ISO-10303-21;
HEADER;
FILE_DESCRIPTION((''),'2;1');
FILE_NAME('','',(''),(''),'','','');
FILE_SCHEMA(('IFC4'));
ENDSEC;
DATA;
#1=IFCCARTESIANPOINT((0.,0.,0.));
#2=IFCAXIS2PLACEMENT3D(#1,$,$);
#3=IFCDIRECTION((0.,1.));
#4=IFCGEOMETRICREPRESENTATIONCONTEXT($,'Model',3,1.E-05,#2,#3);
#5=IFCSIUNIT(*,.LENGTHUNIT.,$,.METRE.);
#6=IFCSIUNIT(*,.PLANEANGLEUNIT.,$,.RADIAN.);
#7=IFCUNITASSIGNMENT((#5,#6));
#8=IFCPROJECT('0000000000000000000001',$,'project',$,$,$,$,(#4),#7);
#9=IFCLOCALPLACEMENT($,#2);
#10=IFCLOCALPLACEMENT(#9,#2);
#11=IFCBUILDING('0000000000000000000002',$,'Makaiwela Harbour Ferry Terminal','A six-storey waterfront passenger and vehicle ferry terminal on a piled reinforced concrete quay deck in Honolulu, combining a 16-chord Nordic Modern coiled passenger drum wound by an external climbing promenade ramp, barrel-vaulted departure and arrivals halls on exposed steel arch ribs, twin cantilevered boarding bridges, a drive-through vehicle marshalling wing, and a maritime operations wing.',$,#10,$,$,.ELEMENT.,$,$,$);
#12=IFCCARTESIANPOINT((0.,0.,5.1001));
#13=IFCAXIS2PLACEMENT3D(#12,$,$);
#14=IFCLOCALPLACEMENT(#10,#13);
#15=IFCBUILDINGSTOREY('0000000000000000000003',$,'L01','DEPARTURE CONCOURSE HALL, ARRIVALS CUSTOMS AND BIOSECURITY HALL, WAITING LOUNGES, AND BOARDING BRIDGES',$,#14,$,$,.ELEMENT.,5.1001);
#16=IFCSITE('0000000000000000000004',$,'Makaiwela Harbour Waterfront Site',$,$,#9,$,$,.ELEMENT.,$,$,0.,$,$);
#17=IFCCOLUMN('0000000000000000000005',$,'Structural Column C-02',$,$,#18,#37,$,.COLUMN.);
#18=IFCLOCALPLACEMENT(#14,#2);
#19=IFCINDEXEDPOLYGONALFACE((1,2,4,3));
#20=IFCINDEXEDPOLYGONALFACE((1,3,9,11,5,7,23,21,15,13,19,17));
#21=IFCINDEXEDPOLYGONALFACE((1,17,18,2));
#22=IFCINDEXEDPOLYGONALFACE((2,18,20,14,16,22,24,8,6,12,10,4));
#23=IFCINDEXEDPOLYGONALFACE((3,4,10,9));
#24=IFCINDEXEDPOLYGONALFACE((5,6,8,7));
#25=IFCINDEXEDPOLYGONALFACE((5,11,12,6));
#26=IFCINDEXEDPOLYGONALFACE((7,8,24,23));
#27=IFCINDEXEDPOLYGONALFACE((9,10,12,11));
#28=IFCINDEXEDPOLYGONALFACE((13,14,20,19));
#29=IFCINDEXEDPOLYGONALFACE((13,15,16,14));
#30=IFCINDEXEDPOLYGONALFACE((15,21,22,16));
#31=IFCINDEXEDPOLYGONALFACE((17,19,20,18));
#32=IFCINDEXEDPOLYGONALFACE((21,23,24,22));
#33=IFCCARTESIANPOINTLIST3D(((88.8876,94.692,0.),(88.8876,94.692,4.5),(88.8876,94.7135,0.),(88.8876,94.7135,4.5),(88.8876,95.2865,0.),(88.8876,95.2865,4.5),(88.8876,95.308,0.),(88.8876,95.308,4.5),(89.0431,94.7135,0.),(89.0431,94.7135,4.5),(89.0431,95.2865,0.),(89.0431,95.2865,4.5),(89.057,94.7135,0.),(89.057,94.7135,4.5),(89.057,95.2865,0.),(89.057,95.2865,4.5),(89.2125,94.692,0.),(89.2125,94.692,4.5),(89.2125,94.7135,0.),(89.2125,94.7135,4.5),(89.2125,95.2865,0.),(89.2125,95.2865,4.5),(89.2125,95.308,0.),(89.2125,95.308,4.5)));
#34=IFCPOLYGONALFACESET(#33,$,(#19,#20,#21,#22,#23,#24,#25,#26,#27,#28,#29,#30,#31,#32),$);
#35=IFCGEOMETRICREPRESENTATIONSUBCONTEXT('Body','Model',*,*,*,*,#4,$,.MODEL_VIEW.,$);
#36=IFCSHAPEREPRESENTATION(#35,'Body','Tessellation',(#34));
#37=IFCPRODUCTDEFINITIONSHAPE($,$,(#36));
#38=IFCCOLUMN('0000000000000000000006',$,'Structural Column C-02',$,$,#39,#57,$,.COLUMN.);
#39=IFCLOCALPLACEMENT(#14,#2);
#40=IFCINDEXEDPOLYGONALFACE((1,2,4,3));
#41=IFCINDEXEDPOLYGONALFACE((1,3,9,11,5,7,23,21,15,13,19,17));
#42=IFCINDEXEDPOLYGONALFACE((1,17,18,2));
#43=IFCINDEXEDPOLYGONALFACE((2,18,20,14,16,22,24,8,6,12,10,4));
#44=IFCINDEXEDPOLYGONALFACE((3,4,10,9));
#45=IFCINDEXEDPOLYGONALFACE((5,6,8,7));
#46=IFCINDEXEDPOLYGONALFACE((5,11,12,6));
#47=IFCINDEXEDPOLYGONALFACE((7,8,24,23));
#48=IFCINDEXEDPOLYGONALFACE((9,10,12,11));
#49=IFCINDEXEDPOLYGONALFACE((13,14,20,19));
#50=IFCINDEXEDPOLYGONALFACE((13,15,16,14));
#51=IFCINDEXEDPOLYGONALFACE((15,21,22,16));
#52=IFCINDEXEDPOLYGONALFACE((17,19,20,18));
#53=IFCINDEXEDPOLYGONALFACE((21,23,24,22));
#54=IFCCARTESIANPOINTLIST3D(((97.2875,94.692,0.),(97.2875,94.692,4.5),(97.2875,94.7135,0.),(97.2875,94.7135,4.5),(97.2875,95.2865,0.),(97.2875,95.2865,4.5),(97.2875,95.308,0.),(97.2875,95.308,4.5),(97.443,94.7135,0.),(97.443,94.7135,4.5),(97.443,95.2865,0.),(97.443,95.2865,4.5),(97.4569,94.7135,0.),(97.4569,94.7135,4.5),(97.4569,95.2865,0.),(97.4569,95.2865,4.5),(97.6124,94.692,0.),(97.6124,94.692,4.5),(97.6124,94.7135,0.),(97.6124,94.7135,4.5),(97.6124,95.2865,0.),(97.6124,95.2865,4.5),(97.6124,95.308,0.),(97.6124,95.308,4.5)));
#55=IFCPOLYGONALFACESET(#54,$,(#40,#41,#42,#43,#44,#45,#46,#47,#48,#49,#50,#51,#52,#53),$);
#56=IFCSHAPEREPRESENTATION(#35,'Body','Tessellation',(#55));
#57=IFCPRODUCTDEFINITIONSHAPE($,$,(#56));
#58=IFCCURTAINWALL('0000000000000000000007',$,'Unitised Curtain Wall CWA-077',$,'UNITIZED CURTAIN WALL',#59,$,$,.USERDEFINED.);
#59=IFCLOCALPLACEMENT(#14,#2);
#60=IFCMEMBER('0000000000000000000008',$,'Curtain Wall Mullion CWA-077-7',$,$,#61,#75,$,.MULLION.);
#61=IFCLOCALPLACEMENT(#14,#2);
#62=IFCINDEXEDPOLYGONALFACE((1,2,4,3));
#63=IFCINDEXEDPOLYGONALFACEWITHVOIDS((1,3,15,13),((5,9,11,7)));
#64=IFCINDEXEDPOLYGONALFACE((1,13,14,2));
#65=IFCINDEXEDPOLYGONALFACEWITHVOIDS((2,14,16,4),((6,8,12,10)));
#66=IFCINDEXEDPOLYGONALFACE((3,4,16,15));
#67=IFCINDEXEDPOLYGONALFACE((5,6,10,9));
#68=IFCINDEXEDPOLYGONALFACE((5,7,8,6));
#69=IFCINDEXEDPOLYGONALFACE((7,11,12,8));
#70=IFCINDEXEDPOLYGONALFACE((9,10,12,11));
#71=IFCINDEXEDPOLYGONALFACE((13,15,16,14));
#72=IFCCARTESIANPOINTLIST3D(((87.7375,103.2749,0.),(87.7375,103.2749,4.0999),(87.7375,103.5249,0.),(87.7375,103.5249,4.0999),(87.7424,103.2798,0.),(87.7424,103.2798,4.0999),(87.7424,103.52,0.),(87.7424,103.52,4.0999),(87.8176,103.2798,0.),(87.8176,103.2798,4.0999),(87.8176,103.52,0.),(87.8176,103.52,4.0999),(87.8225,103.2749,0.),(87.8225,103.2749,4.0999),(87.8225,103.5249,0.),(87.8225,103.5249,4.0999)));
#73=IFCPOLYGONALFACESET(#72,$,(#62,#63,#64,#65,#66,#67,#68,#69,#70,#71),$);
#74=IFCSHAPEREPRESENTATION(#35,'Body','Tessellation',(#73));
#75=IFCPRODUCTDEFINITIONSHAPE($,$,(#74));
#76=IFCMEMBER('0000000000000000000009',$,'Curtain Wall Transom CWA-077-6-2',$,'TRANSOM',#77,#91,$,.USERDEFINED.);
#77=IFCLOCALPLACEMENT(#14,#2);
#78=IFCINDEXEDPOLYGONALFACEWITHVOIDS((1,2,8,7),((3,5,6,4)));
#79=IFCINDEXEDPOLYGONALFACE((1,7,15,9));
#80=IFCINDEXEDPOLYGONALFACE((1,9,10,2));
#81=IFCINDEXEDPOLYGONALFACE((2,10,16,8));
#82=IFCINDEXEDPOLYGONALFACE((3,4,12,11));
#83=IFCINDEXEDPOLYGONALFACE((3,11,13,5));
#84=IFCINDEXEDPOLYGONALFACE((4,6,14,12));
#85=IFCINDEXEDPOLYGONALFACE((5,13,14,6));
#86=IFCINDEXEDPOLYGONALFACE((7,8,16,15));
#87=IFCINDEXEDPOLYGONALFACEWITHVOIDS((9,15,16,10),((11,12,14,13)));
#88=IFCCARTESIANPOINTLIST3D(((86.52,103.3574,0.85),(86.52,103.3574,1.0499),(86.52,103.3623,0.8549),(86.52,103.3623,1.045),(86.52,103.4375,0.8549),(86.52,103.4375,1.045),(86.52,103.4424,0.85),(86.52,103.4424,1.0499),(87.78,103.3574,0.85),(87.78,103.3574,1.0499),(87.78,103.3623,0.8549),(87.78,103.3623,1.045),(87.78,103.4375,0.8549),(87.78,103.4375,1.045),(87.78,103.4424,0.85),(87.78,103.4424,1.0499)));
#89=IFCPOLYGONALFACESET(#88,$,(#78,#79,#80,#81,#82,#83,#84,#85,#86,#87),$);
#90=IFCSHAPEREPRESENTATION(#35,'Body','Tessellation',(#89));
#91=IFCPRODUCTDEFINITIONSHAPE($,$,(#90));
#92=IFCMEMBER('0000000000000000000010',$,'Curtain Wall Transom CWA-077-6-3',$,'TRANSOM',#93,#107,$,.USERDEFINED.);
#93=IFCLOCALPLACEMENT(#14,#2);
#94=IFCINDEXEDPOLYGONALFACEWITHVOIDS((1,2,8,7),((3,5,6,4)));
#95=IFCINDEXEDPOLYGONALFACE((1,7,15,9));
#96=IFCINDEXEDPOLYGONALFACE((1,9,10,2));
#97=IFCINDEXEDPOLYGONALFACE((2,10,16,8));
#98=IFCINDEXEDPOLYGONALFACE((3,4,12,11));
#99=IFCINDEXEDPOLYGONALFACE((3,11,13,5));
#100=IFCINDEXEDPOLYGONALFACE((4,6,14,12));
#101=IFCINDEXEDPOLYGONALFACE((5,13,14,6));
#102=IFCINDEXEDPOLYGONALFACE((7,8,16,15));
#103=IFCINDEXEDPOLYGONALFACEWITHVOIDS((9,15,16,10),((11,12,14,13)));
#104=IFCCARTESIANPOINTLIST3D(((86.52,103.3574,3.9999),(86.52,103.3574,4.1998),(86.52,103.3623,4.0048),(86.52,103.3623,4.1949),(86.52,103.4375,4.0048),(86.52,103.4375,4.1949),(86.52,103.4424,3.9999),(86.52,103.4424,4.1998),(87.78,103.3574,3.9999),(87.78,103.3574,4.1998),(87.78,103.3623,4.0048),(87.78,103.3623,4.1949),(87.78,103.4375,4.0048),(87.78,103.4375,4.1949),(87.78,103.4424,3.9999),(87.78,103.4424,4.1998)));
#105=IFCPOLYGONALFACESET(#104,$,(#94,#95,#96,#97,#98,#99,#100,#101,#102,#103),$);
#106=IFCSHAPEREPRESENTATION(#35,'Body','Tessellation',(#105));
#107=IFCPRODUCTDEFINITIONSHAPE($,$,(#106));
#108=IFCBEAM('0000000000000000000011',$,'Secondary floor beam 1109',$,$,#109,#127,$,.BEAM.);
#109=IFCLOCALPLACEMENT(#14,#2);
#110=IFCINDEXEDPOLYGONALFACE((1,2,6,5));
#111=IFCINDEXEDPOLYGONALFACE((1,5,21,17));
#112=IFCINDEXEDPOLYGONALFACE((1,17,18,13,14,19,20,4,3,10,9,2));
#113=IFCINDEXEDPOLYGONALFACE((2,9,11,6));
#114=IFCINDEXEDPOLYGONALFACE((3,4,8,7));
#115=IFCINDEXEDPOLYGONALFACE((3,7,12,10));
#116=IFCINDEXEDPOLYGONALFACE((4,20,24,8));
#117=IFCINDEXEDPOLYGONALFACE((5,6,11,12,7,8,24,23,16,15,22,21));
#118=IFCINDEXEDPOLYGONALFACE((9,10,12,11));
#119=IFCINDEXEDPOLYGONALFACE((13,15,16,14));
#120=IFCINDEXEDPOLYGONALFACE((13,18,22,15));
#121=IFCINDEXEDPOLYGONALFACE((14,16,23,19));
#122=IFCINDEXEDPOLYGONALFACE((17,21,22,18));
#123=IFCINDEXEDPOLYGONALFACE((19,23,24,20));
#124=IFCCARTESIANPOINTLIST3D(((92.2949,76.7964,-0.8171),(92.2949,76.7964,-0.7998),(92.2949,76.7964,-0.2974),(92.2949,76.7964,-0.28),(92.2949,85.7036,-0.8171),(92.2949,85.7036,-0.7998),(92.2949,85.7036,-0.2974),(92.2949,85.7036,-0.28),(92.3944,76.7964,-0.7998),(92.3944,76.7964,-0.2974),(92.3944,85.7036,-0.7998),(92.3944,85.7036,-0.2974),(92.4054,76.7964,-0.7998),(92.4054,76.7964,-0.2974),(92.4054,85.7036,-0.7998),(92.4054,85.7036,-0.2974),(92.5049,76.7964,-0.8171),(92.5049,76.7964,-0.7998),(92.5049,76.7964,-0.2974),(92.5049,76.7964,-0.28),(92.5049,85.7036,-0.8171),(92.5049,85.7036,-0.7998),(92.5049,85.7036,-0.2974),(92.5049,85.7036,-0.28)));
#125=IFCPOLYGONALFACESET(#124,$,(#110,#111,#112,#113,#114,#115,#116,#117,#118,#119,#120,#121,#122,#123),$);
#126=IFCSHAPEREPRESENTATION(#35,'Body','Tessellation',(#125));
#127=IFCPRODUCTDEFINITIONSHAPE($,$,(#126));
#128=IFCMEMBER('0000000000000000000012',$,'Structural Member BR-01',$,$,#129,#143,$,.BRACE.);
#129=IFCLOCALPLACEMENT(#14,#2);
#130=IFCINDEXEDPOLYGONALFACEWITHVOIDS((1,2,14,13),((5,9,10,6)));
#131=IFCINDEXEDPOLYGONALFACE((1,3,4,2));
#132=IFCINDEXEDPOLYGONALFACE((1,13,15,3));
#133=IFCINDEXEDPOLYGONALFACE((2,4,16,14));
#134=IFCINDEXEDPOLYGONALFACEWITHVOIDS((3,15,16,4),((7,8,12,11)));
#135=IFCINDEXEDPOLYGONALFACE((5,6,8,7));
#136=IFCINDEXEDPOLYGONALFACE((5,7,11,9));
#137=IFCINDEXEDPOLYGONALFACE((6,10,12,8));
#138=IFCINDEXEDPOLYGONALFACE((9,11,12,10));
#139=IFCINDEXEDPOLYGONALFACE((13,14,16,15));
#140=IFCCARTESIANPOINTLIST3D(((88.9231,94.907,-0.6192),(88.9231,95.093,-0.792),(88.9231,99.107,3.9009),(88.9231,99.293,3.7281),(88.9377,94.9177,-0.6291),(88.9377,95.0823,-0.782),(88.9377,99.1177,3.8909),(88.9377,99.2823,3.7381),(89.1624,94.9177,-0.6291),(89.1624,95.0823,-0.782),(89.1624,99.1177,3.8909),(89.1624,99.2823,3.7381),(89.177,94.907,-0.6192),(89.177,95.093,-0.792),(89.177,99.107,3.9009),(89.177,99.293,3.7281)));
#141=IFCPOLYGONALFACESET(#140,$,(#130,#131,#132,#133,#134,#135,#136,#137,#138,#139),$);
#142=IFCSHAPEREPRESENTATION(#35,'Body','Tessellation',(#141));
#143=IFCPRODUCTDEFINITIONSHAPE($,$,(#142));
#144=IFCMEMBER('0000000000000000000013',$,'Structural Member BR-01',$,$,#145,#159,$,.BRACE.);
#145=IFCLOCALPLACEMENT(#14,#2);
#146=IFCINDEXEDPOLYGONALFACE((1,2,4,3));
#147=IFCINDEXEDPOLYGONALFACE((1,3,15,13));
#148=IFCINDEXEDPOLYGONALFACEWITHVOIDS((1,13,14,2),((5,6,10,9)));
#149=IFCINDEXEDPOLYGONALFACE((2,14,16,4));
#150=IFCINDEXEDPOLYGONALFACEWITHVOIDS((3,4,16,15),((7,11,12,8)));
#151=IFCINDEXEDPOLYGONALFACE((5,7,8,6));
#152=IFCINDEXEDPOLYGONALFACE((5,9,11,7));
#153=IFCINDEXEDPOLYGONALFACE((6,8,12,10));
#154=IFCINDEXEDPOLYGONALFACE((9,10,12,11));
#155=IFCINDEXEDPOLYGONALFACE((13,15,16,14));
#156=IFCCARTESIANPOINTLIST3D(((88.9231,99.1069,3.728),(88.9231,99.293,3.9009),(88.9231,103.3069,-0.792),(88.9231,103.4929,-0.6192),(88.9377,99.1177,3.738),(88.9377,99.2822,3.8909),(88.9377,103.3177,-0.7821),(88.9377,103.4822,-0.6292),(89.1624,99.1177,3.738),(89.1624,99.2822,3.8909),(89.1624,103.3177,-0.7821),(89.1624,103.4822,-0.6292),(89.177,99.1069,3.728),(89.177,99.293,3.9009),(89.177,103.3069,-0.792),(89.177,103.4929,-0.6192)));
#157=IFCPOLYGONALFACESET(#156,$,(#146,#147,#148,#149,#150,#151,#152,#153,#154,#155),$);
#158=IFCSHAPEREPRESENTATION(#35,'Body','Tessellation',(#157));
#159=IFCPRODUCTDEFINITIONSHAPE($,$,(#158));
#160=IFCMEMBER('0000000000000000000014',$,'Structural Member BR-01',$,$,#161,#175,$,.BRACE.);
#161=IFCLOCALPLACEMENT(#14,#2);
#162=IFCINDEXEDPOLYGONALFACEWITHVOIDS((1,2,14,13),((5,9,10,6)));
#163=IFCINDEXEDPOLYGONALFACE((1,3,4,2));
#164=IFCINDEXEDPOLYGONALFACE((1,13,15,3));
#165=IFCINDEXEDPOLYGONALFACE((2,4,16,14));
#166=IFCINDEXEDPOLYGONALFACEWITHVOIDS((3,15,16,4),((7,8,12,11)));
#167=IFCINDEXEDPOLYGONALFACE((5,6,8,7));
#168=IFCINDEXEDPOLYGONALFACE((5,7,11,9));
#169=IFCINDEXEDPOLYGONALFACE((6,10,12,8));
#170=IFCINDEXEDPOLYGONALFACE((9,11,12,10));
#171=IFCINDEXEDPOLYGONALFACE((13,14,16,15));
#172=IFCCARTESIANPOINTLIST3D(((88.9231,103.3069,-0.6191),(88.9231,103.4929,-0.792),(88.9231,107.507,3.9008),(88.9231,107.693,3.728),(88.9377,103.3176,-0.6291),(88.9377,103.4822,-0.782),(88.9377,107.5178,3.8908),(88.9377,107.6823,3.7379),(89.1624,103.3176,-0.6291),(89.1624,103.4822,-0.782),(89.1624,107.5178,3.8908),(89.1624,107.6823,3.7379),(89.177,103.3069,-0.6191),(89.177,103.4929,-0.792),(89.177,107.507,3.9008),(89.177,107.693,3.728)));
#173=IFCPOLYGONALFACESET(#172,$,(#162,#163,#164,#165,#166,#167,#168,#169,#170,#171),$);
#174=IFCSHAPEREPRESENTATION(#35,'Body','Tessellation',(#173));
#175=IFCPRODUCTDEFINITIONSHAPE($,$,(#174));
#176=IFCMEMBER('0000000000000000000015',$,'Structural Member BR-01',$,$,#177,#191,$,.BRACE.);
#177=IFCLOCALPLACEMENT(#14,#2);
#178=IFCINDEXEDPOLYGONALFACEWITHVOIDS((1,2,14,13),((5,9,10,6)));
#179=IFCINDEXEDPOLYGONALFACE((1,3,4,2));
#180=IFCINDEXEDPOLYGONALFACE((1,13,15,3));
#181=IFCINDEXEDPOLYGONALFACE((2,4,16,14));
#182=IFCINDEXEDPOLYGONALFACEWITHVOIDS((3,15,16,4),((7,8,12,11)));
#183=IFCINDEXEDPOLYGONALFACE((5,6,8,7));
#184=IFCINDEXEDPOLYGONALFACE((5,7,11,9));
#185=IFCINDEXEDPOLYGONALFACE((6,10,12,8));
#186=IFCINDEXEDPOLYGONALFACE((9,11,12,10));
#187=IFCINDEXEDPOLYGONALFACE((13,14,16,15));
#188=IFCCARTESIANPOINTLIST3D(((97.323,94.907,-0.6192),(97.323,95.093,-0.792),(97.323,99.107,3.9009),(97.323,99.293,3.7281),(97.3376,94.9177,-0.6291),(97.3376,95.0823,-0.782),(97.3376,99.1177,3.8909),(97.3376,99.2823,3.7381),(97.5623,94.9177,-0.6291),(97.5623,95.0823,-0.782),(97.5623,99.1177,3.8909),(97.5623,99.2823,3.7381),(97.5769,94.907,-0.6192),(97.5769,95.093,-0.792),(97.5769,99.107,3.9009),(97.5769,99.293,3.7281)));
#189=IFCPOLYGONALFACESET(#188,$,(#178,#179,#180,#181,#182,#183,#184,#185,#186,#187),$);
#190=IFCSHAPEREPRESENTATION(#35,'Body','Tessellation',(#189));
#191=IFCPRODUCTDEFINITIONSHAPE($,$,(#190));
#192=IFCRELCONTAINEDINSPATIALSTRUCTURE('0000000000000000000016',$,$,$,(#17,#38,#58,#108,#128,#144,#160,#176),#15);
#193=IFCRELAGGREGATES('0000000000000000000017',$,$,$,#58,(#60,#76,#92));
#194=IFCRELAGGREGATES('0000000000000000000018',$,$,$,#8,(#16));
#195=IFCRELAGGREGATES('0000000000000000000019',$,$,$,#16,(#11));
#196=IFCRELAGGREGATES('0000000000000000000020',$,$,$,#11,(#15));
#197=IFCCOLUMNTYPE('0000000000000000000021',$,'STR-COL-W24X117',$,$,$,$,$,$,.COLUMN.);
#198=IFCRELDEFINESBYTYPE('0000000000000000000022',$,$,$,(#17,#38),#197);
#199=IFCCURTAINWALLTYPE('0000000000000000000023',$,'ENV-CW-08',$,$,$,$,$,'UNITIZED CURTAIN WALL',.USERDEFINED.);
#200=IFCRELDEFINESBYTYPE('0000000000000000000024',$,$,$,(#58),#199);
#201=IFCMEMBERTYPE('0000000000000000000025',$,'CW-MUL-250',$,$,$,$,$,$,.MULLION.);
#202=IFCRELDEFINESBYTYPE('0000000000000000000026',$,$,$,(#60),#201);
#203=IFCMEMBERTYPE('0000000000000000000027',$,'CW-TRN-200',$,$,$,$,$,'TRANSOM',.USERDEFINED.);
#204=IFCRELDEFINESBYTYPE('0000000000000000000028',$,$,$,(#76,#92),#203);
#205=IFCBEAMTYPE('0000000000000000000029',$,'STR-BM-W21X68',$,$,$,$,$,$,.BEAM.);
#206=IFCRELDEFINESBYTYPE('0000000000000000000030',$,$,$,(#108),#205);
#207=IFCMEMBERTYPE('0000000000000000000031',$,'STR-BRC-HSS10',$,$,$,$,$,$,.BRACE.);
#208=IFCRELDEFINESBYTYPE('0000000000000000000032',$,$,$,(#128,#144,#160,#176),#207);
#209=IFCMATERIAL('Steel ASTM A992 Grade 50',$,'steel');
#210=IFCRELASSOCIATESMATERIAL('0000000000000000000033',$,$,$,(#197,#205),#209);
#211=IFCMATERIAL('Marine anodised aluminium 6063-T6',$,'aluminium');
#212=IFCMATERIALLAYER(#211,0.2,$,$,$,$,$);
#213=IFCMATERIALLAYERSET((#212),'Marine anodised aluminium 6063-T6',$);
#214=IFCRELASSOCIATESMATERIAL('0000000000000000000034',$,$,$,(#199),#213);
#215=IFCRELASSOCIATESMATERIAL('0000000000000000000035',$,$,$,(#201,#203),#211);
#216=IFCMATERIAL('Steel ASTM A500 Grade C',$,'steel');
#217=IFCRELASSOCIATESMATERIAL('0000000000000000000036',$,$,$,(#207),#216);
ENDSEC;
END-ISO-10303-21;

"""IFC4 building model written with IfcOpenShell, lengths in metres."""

from ifc_helpers import new_model, si_unit, direction, frame, origin, origin_2d, place, context, subcontext, project, spatial, hollow_rectangle, i_section, extrude, material, layer, layer_set, material_profile, profile_set, type_object, element, aggregate, save


model = new_model("IFC4")

# Units and contexts
model_context = context("Model", 3, precision=1e-05, world=origin(), true_north=direction((0.0, 1.0)))
body_context = subcontext(model_context, "Body", "Model", "MODEL_VIEW")
ifc_project = project(units=[si_unit("LENGTHUNIT", "METRE"), si_unit("PLANEANGLEUNIT", "RADIAN")], contexts=[model_context])

# Site, building, storey
site_placement = place(None, origin())
site = spatial("IfcSite", under=ifc_project, at=site_placement, Name="Makaiwela Harbour Waterfront Site", CompositionType="ELEMENT", RefElevation=0.0)
building_placement = place(site_placement, origin())
building = spatial("IfcBuilding", under=site, at=building_placement, Name="Makaiwela Harbour Ferry Terminal", Description="A six-storey waterfront passenger and vehicle ferry terminal on a piled reinforced concrete quay deck in Honolulu, combining a 16-chord Nordic Modern coiled passenger drum wound by an external climbing promenade ramp, barrel-vaulted departure and arrivals halls on exposed steel arch ribs, twin cantilevered boarding bridges, a drive-through vehicle marshalling wing, and a maritime operations wing.", CompositionType="ELEMENT")
storey_placement = place(building_placement, frame((0.0, 0.0, 5.1001)))
storey = spatial("IfcBuildingStorey", under=building, at=storey_placement, Name="L01", Description="DEPARTURE CONCOURSE HALL, ARRIVALS CUSTOMS AND BIOSECURITY HALL, WAITING LOUNGES, AND BOARDING BRIDGES", CompositionType="ELEMENT", Elevation=5.1001)

# Columns
ifc_material_1 = material(Name="Steel ASTM A992 Grade 50", Category="steel")
ifc_material_profile_1 = material_profile(ifc_material_1, i_section(OverallWidth=0.325, OverallDepth=0.616, WebThickness=0.0139, FlangeThickness=0.0215, at=origin_2d()), Name="W24X117")
ifc_profile_set_1 = profile_set([ifc_material_profile_1], Name="Steel ASTM A992 Grade 50")
column_type = type_object("IfcColumnType", Name="STR-COL-W24X117", PredefinedType="COLUMN", material=ifc_profile_set_1)
for number, where, z_axis, x_axis, name in (
    (1, (89.05, 95.0, 0.0), (0.0, 0.0, 1.0), (1.0, 0.0, 0.0), "Structural Column C-02"),
    (2, (97.45, 95.0, 0.0), (0.0, 0.0, 1.0), (1.0, 0.0, 0.0), "Structural Column C-02"),
):
    element("IfcColumn", number, at=place(storey_placement, frame(where, z_axis=z_axis, x_axis=x_axis)), inside=storey, type_object=column_type, Name=name, PredefinedType="COLUMN", context=body_context, shape_type="SweptSolid", body=[
        extrude(i_section(OverallWidth=0.325, OverallDepth=0.616, WebThickness=0.0139, FlangeThickness=0.0215, at=origin_2d()), origin(), (0.0, 0.0, 1.0), 4.5),
    ])

# Curtain wall, members
ifc_material_2 = material(Name="Marine anodised aluminium 6063-T6", Category="aluminium")
ifc_layer_1 = layer(ifc_material_2, 0.2)
ifc_layer_set_1 = layer_set([ifc_layer_1], Name="Marine anodised aluminium 6063-T6")
curtain_wall_type = type_object("IfcCurtainWallType", Name="ENV-CW-08", ElementType="UNITIZED CURTAIN WALL", PredefinedType="USERDEFINED", material=ifc_layer_set_1)
curtain_wall_placement = place(storey_placement, origin())
curtain_wall = element("IfcCurtainWall", 3, at=curtain_wall_placement, inside=storey, type_object=curtain_wall_type, Name="Unitised Curtain Wall CWA-077", ObjectType="UNITIZED CURTAIN WALL", PredefinedType="USERDEFINED")
ifc_material_profile_2 = material_profile(ifc_material_2, hollow_rectangle(XDim=0.085, YDim=0.25, WallThickness=0.0049, at=origin_2d()), Name="CWM-250X85")
ifc_profile_set_2 = profile_set([ifc_material_profile_2], Name="Marine anodised aluminium 6063-T6")
member_type_1 = type_object("IfcMemberType", Name="CW-MUL-250", PredefinedType="MULLION", material=ifc_profile_set_2)
member_1_placement = place(storey_placement, frame((87.78, 103.3999, 0.0), z_axis=(0.0, 0.0, 1.0), x_axis=(1.0, 0.0, 0.0)))
member_1 = element("IfcMember", 4, at=member_1_placement, type_object=member_type_1, Name="Curtain Wall Mullion CWA-077-7", PredefinedType="MULLION", context=body_context, shape_type="SweptSolid", body=[
    extrude(hollow_rectangle(XDim=0.085, YDim=0.25, WallThickness=0.0049, at=origin_2d()), origin(), (0.0, 0.0, 1.0), 4.0999),
])
ifc_material_profile_3 = material_profile(ifc_material_2, hollow_rectangle(XDim=0.085, YDim=0.2, WallThickness=0.0049, at=origin_2d()), Name="CWT-200X85")
ifc_profile_set_3 = profile_set([ifc_material_profile_3], Name="Marine anodised aluminium 6063-T6")
member_type_2 = type_object("IfcMemberType", Name="CW-TRN-200", ElementType="TRANSOM", PredefinedType="USERDEFINED", material=ifc_profile_set_3)
member_2_placement = place(storey_placement, frame((86.52, 103.3999, 0.95), z_axis=(1.0, 0.0, 0.0), x_axis=(0.0, 1.0, 0.0)))
member_2 = element("IfcMember", 5, at=member_2_placement, type_object=member_type_2, Name="Curtain Wall Transom CWA-077-6-2", ObjectType="TRANSOM", PredefinedType="USERDEFINED", context=body_context, shape_type="SweptSolid", body=[
    extrude(hollow_rectangle(XDim=0.085, YDim=0.2, WallThickness=0.0049, at=origin_2d()), origin(), (0.0, 0.0, 1.0), 1.26),
])
member_3_placement = place(storey_placement, frame((86.52, 103.3999, 4.0999), z_axis=(1.0, 0.0, 0.0), x_axis=(0.0, 1.0, 0.0)))
member_3 = element("IfcMember", 6, at=member_3_placement, type_object=member_type_2, Name="Curtain Wall Transom CWA-077-6-3", ObjectType="TRANSOM", PredefinedType="USERDEFINED", context=body_context, shape_type="SweptSolid", body=[
    extrude(hollow_rectangle(XDim=0.085, YDim=0.2, WallThickness=0.0049, at=origin_2d()), origin(), (0.0, 0.0, 1.0), 1.26),
])

# Beam
ifc_material_profile_4 = material_profile(ifc_material_1, i_section(OverallWidth=0.21, OverallDepth=0.5371, WebThickness=0.011, FlangeThickness=0.0173, at=origin_2d()), Name="W21X68")
ifc_profile_set_4 = profile_set([ifc_material_profile_4], Name="Steel ASTM A992 Grade 50")
beam_type_1 = type_object("IfcBeamType", Name="STR-BM-W21X68", PredefinedType="BEAM", material=ifc_profile_set_4)
beam_1_placement = place(storey_placement, frame((92.3999, 76.7964, -0.5486), z_axis=(0.0, 1.0, 0.0), x_axis=(-1.0, 0.0, 0.0)))
element("IfcBeam", 7, at=beam_1_placement, inside=storey, type_object=beam_type_1, Name="Secondary floor beam 1109", PredefinedType="BEAM", context=body_context, shape_type="SweptSolid", body=[
    extrude(i_section(OverallWidth=0.21, OverallDepth=0.5371, WebThickness=0.011, FlangeThickness=0.0173, at=origin_2d()), origin(), (0.0, 0.0, 1.0), 8.9072),
])

# Members
ifc_material_3 = material(Name="Steel ASTM A500 Grade C", Category="steel")
ifc_material_profile_5 = material_profile(ifc_material_3, hollow_rectangle(XDim=0.2539, YDim=0.2539, WallThickness=0.0146, at=origin_2d()), Name="HSS10X10X5/8")
ifc_profile_set_5 = profile_set([ifc_material_profile_5], Name="Steel ASTM A500 Grade C")
member_type_3 = type_object("IfcMemberType", Name="STR-BRC-HSS10", PredefinedType="BRACE", material=ifc_profile_set_5)
for number, where, z_axis, x_axis, name in (
    (8, (89.05, 95.0, -0.7056), (0.0, 0.680694, 0.732568), (-1.0, 0.0, 0.0), "Structural Member BR-01"),
    (9, (89.05, 99.2, 3.8145), (0.0, 0.680694, -0.732568), (-1.0, 0.0, 0.0), "Structural Member BR-01"),
    (10, (89.05, 103.3999, -0.7056), (0.0, 0.680715, 0.732548), (-1.0, 0.0, 0.0), "Structural Member BR-01"),
    (11, (97.45, 95.0, -0.7056), (0.0, 0.680694, 0.732568), (-1.0, 0.0, 0.0), "Structural Member BR-01"),
):
    element("IfcMember", number, at=place(storey_placement, frame(where, z_axis=z_axis, x_axis=x_axis)), inside=storey, type_object=member_type_3, Name=name, PredefinedType="BRACE", context=body_context, shape_type="SweptSolid", body=[
        extrude(hollow_rectangle(XDim=0.2539, YDim=0.2539, WallThickness=0.0146, at=origin_2d()), origin(), (0.0, 0.0, 1.0), 6.1702),
    ])

aggregate(curtain_wall, [member_1, member_2, member_3])

save(model, "model.ifc")
